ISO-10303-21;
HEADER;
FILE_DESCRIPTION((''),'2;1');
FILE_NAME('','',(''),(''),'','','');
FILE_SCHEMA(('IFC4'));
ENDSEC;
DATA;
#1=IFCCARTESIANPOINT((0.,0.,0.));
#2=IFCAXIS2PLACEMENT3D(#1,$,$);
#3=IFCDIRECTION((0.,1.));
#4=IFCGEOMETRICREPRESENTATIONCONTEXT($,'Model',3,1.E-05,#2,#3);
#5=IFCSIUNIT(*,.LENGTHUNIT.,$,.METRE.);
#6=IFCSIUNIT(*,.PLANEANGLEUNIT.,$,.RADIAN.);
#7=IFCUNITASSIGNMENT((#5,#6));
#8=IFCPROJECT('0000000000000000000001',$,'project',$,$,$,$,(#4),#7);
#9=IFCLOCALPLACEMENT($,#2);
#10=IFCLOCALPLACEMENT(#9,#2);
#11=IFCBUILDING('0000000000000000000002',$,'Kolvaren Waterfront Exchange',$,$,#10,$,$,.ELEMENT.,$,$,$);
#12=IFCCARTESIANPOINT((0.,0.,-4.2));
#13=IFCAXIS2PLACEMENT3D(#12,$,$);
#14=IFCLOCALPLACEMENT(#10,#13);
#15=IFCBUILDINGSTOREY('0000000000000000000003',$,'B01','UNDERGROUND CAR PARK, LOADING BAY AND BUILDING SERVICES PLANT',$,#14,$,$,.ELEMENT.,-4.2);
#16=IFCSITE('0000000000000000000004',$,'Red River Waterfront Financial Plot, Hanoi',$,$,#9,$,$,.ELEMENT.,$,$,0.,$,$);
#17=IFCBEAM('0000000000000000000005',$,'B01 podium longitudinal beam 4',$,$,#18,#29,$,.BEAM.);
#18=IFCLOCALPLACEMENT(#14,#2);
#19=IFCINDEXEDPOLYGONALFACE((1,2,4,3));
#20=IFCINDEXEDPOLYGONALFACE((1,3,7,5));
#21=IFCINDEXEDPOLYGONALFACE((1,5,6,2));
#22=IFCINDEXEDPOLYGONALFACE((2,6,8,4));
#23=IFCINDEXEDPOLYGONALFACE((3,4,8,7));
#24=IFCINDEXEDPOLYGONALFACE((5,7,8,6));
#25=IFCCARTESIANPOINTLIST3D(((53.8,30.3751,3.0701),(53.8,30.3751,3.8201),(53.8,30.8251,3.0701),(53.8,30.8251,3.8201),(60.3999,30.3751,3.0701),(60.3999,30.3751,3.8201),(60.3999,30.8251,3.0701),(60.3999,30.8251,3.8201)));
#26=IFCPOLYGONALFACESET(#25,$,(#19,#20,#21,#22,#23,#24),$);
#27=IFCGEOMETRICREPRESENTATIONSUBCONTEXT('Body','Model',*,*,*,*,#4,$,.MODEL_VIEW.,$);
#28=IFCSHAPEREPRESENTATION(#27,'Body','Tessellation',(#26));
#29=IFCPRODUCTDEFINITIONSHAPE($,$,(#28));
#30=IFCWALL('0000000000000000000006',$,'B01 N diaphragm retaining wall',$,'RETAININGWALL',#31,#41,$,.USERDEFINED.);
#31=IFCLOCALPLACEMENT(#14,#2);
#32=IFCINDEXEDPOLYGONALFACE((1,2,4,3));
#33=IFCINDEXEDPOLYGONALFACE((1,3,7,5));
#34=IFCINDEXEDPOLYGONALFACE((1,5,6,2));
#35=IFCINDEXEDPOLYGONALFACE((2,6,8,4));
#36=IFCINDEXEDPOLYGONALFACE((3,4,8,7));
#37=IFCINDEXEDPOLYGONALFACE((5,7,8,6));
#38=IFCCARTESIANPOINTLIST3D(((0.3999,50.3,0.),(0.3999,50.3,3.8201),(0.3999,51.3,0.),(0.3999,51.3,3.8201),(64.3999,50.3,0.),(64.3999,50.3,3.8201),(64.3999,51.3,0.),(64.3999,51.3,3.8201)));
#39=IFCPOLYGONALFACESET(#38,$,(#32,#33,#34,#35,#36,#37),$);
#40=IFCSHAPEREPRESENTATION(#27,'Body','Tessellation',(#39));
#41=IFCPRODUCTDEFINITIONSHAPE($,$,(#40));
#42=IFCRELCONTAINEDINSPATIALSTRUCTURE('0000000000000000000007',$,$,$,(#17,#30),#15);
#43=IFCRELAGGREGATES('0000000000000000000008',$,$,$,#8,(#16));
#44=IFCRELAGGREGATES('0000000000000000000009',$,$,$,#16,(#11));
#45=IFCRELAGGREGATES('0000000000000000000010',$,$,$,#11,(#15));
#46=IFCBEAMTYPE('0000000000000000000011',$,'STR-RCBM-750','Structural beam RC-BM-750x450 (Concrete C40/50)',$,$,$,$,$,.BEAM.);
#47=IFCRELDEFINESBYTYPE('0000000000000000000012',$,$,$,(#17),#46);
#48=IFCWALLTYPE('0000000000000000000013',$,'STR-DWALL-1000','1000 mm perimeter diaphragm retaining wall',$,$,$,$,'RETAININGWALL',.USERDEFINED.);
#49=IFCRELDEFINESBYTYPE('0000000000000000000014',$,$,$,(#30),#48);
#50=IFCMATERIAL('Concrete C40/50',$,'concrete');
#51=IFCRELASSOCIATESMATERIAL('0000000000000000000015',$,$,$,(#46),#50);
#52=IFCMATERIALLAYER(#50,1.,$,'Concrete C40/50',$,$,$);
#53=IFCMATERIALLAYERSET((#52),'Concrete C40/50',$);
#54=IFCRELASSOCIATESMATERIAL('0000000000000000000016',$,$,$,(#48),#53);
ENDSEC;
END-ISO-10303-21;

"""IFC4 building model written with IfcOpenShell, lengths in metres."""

from ifc_helpers import new_model, si_unit, direction, frame, frame_2d, origin, origin_2d, place, context, subcontext, project, spatial, rectangle, extrude, material, layer, layer_set, material_profile, profile_set, type_object, element, save


model = new_model("IFC4")

# Units and contexts
model_context = context("Model", 3, precision=1e-05, world=origin(), true_north=direction((0.0, 1.0)))
body_context = subcontext(model_context, "Body", "Model", "MODEL_VIEW")
ifc_project = project(units=[si_unit("LENGTHUNIT", "METRE"), si_unit("PLANEANGLEUNIT", "RADIAN")], contexts=[model_context])

# Site, building, storey
site_placement = place(None, origin())
site = spatial("IfcSite", under=ifc_project, at=site_placement, Name="Red River Waterfront Financial Plot, Hanoi", CompositionType="ELEMENT", RefElevation=0.0)
building_placement = place(site_placement, origin())
building = spatial("IfcBuilding", under=site, at=building_placement, Name="Kolvaren Waterfront Exchange", CompositionType="ELEMENT")
storey_placement = place(building_placement, frame((0.0, 0.0, -4.2)))
storey = spatial("IfcBuildingStorey", under=building, at=storey_placement, Name="B01", Description="UNDERGROUND CAR PARK, LOADING BAY AND BUILDING SERVICES PLANT", CompositionType="ELEMENT", Elevation=-4.2)

# Beam
ifc_material_1 = material(Name="Concrete C40/50", Category="concrete")
ifc_material_profile_1 = material_profile(ifc_material_1, rectangle(XDim=0.45, YDim=0.75, at=origin_2d()), Name="RC-BM-750x450")
ifc_profile_set_1 = profile_set([ifc_material_profile_1], Name="Concrete C40/50")
beam_type_1 = type_object("IfcBeamType", Name="STR-RCBM-750", Description="Structural beam RC-BM-750x450 (Concrete C40/50)", PredefinedType="BEAM", material=ifc_profile_set_1)
beam_1_placement = place(storey_placement, frame((53.8, 30.6001, 3.4451), z_axis=(1.0, 0.0, 0.0), x_axis=(0.0, 1.0, 0.0)))
element("IfcBeam", 1, at=beam_1_placement, inside=storey, type_object=beam_type_1, Name="B01 podium longitudinal beam 4", PredefinedType="BEAM", context=body_context, shape_type="SweptSolid", body=[
    extrude(rectangle(XDim=0.45, YDim=0.75, at=origin_2d()), origin(), (0.0, 0.0, 1.0), 6.5999),
])

# Wall
ifc_layer = layer(ifc_material_1, 1.0, Name="Concrete C40/50")
ifc_layer_set = layer_set([ifc_layer], Name="Concrete C40/50")
wall_type = type_object("IfcWallType", Name="STR-DWALL-1000", Description="1000 mm perimeter diaphragm retaining wall", ElementType="RETAININGWALL", PredefinedType="USERDEFINED", material=ifc_layer_set)
wall_placement = place(storey_placement, frame((64.3999, 50.8, 0.0), z_axis=(0.0, 0.0, 1.0), x_axis=(-1.0, 0.0, 0.0)))
element("IfcWall", 2, at=wall_placement, inside=storey, type_object=wall_type, Name="B01 N diaphragm retaining wall", ObjectType="RETAININGWALL", PredefinedType="USERDEFINED", context=body_context, shape_type="SweptSolid", body=[
    extrude(rectangle(XDim=64.0, YDim=1.0, at=frame_2d((32.0, 0.0))), origin(), (0.0, 0.0, 1.0), 3.8201),
])

save(model, "model.ifc")
